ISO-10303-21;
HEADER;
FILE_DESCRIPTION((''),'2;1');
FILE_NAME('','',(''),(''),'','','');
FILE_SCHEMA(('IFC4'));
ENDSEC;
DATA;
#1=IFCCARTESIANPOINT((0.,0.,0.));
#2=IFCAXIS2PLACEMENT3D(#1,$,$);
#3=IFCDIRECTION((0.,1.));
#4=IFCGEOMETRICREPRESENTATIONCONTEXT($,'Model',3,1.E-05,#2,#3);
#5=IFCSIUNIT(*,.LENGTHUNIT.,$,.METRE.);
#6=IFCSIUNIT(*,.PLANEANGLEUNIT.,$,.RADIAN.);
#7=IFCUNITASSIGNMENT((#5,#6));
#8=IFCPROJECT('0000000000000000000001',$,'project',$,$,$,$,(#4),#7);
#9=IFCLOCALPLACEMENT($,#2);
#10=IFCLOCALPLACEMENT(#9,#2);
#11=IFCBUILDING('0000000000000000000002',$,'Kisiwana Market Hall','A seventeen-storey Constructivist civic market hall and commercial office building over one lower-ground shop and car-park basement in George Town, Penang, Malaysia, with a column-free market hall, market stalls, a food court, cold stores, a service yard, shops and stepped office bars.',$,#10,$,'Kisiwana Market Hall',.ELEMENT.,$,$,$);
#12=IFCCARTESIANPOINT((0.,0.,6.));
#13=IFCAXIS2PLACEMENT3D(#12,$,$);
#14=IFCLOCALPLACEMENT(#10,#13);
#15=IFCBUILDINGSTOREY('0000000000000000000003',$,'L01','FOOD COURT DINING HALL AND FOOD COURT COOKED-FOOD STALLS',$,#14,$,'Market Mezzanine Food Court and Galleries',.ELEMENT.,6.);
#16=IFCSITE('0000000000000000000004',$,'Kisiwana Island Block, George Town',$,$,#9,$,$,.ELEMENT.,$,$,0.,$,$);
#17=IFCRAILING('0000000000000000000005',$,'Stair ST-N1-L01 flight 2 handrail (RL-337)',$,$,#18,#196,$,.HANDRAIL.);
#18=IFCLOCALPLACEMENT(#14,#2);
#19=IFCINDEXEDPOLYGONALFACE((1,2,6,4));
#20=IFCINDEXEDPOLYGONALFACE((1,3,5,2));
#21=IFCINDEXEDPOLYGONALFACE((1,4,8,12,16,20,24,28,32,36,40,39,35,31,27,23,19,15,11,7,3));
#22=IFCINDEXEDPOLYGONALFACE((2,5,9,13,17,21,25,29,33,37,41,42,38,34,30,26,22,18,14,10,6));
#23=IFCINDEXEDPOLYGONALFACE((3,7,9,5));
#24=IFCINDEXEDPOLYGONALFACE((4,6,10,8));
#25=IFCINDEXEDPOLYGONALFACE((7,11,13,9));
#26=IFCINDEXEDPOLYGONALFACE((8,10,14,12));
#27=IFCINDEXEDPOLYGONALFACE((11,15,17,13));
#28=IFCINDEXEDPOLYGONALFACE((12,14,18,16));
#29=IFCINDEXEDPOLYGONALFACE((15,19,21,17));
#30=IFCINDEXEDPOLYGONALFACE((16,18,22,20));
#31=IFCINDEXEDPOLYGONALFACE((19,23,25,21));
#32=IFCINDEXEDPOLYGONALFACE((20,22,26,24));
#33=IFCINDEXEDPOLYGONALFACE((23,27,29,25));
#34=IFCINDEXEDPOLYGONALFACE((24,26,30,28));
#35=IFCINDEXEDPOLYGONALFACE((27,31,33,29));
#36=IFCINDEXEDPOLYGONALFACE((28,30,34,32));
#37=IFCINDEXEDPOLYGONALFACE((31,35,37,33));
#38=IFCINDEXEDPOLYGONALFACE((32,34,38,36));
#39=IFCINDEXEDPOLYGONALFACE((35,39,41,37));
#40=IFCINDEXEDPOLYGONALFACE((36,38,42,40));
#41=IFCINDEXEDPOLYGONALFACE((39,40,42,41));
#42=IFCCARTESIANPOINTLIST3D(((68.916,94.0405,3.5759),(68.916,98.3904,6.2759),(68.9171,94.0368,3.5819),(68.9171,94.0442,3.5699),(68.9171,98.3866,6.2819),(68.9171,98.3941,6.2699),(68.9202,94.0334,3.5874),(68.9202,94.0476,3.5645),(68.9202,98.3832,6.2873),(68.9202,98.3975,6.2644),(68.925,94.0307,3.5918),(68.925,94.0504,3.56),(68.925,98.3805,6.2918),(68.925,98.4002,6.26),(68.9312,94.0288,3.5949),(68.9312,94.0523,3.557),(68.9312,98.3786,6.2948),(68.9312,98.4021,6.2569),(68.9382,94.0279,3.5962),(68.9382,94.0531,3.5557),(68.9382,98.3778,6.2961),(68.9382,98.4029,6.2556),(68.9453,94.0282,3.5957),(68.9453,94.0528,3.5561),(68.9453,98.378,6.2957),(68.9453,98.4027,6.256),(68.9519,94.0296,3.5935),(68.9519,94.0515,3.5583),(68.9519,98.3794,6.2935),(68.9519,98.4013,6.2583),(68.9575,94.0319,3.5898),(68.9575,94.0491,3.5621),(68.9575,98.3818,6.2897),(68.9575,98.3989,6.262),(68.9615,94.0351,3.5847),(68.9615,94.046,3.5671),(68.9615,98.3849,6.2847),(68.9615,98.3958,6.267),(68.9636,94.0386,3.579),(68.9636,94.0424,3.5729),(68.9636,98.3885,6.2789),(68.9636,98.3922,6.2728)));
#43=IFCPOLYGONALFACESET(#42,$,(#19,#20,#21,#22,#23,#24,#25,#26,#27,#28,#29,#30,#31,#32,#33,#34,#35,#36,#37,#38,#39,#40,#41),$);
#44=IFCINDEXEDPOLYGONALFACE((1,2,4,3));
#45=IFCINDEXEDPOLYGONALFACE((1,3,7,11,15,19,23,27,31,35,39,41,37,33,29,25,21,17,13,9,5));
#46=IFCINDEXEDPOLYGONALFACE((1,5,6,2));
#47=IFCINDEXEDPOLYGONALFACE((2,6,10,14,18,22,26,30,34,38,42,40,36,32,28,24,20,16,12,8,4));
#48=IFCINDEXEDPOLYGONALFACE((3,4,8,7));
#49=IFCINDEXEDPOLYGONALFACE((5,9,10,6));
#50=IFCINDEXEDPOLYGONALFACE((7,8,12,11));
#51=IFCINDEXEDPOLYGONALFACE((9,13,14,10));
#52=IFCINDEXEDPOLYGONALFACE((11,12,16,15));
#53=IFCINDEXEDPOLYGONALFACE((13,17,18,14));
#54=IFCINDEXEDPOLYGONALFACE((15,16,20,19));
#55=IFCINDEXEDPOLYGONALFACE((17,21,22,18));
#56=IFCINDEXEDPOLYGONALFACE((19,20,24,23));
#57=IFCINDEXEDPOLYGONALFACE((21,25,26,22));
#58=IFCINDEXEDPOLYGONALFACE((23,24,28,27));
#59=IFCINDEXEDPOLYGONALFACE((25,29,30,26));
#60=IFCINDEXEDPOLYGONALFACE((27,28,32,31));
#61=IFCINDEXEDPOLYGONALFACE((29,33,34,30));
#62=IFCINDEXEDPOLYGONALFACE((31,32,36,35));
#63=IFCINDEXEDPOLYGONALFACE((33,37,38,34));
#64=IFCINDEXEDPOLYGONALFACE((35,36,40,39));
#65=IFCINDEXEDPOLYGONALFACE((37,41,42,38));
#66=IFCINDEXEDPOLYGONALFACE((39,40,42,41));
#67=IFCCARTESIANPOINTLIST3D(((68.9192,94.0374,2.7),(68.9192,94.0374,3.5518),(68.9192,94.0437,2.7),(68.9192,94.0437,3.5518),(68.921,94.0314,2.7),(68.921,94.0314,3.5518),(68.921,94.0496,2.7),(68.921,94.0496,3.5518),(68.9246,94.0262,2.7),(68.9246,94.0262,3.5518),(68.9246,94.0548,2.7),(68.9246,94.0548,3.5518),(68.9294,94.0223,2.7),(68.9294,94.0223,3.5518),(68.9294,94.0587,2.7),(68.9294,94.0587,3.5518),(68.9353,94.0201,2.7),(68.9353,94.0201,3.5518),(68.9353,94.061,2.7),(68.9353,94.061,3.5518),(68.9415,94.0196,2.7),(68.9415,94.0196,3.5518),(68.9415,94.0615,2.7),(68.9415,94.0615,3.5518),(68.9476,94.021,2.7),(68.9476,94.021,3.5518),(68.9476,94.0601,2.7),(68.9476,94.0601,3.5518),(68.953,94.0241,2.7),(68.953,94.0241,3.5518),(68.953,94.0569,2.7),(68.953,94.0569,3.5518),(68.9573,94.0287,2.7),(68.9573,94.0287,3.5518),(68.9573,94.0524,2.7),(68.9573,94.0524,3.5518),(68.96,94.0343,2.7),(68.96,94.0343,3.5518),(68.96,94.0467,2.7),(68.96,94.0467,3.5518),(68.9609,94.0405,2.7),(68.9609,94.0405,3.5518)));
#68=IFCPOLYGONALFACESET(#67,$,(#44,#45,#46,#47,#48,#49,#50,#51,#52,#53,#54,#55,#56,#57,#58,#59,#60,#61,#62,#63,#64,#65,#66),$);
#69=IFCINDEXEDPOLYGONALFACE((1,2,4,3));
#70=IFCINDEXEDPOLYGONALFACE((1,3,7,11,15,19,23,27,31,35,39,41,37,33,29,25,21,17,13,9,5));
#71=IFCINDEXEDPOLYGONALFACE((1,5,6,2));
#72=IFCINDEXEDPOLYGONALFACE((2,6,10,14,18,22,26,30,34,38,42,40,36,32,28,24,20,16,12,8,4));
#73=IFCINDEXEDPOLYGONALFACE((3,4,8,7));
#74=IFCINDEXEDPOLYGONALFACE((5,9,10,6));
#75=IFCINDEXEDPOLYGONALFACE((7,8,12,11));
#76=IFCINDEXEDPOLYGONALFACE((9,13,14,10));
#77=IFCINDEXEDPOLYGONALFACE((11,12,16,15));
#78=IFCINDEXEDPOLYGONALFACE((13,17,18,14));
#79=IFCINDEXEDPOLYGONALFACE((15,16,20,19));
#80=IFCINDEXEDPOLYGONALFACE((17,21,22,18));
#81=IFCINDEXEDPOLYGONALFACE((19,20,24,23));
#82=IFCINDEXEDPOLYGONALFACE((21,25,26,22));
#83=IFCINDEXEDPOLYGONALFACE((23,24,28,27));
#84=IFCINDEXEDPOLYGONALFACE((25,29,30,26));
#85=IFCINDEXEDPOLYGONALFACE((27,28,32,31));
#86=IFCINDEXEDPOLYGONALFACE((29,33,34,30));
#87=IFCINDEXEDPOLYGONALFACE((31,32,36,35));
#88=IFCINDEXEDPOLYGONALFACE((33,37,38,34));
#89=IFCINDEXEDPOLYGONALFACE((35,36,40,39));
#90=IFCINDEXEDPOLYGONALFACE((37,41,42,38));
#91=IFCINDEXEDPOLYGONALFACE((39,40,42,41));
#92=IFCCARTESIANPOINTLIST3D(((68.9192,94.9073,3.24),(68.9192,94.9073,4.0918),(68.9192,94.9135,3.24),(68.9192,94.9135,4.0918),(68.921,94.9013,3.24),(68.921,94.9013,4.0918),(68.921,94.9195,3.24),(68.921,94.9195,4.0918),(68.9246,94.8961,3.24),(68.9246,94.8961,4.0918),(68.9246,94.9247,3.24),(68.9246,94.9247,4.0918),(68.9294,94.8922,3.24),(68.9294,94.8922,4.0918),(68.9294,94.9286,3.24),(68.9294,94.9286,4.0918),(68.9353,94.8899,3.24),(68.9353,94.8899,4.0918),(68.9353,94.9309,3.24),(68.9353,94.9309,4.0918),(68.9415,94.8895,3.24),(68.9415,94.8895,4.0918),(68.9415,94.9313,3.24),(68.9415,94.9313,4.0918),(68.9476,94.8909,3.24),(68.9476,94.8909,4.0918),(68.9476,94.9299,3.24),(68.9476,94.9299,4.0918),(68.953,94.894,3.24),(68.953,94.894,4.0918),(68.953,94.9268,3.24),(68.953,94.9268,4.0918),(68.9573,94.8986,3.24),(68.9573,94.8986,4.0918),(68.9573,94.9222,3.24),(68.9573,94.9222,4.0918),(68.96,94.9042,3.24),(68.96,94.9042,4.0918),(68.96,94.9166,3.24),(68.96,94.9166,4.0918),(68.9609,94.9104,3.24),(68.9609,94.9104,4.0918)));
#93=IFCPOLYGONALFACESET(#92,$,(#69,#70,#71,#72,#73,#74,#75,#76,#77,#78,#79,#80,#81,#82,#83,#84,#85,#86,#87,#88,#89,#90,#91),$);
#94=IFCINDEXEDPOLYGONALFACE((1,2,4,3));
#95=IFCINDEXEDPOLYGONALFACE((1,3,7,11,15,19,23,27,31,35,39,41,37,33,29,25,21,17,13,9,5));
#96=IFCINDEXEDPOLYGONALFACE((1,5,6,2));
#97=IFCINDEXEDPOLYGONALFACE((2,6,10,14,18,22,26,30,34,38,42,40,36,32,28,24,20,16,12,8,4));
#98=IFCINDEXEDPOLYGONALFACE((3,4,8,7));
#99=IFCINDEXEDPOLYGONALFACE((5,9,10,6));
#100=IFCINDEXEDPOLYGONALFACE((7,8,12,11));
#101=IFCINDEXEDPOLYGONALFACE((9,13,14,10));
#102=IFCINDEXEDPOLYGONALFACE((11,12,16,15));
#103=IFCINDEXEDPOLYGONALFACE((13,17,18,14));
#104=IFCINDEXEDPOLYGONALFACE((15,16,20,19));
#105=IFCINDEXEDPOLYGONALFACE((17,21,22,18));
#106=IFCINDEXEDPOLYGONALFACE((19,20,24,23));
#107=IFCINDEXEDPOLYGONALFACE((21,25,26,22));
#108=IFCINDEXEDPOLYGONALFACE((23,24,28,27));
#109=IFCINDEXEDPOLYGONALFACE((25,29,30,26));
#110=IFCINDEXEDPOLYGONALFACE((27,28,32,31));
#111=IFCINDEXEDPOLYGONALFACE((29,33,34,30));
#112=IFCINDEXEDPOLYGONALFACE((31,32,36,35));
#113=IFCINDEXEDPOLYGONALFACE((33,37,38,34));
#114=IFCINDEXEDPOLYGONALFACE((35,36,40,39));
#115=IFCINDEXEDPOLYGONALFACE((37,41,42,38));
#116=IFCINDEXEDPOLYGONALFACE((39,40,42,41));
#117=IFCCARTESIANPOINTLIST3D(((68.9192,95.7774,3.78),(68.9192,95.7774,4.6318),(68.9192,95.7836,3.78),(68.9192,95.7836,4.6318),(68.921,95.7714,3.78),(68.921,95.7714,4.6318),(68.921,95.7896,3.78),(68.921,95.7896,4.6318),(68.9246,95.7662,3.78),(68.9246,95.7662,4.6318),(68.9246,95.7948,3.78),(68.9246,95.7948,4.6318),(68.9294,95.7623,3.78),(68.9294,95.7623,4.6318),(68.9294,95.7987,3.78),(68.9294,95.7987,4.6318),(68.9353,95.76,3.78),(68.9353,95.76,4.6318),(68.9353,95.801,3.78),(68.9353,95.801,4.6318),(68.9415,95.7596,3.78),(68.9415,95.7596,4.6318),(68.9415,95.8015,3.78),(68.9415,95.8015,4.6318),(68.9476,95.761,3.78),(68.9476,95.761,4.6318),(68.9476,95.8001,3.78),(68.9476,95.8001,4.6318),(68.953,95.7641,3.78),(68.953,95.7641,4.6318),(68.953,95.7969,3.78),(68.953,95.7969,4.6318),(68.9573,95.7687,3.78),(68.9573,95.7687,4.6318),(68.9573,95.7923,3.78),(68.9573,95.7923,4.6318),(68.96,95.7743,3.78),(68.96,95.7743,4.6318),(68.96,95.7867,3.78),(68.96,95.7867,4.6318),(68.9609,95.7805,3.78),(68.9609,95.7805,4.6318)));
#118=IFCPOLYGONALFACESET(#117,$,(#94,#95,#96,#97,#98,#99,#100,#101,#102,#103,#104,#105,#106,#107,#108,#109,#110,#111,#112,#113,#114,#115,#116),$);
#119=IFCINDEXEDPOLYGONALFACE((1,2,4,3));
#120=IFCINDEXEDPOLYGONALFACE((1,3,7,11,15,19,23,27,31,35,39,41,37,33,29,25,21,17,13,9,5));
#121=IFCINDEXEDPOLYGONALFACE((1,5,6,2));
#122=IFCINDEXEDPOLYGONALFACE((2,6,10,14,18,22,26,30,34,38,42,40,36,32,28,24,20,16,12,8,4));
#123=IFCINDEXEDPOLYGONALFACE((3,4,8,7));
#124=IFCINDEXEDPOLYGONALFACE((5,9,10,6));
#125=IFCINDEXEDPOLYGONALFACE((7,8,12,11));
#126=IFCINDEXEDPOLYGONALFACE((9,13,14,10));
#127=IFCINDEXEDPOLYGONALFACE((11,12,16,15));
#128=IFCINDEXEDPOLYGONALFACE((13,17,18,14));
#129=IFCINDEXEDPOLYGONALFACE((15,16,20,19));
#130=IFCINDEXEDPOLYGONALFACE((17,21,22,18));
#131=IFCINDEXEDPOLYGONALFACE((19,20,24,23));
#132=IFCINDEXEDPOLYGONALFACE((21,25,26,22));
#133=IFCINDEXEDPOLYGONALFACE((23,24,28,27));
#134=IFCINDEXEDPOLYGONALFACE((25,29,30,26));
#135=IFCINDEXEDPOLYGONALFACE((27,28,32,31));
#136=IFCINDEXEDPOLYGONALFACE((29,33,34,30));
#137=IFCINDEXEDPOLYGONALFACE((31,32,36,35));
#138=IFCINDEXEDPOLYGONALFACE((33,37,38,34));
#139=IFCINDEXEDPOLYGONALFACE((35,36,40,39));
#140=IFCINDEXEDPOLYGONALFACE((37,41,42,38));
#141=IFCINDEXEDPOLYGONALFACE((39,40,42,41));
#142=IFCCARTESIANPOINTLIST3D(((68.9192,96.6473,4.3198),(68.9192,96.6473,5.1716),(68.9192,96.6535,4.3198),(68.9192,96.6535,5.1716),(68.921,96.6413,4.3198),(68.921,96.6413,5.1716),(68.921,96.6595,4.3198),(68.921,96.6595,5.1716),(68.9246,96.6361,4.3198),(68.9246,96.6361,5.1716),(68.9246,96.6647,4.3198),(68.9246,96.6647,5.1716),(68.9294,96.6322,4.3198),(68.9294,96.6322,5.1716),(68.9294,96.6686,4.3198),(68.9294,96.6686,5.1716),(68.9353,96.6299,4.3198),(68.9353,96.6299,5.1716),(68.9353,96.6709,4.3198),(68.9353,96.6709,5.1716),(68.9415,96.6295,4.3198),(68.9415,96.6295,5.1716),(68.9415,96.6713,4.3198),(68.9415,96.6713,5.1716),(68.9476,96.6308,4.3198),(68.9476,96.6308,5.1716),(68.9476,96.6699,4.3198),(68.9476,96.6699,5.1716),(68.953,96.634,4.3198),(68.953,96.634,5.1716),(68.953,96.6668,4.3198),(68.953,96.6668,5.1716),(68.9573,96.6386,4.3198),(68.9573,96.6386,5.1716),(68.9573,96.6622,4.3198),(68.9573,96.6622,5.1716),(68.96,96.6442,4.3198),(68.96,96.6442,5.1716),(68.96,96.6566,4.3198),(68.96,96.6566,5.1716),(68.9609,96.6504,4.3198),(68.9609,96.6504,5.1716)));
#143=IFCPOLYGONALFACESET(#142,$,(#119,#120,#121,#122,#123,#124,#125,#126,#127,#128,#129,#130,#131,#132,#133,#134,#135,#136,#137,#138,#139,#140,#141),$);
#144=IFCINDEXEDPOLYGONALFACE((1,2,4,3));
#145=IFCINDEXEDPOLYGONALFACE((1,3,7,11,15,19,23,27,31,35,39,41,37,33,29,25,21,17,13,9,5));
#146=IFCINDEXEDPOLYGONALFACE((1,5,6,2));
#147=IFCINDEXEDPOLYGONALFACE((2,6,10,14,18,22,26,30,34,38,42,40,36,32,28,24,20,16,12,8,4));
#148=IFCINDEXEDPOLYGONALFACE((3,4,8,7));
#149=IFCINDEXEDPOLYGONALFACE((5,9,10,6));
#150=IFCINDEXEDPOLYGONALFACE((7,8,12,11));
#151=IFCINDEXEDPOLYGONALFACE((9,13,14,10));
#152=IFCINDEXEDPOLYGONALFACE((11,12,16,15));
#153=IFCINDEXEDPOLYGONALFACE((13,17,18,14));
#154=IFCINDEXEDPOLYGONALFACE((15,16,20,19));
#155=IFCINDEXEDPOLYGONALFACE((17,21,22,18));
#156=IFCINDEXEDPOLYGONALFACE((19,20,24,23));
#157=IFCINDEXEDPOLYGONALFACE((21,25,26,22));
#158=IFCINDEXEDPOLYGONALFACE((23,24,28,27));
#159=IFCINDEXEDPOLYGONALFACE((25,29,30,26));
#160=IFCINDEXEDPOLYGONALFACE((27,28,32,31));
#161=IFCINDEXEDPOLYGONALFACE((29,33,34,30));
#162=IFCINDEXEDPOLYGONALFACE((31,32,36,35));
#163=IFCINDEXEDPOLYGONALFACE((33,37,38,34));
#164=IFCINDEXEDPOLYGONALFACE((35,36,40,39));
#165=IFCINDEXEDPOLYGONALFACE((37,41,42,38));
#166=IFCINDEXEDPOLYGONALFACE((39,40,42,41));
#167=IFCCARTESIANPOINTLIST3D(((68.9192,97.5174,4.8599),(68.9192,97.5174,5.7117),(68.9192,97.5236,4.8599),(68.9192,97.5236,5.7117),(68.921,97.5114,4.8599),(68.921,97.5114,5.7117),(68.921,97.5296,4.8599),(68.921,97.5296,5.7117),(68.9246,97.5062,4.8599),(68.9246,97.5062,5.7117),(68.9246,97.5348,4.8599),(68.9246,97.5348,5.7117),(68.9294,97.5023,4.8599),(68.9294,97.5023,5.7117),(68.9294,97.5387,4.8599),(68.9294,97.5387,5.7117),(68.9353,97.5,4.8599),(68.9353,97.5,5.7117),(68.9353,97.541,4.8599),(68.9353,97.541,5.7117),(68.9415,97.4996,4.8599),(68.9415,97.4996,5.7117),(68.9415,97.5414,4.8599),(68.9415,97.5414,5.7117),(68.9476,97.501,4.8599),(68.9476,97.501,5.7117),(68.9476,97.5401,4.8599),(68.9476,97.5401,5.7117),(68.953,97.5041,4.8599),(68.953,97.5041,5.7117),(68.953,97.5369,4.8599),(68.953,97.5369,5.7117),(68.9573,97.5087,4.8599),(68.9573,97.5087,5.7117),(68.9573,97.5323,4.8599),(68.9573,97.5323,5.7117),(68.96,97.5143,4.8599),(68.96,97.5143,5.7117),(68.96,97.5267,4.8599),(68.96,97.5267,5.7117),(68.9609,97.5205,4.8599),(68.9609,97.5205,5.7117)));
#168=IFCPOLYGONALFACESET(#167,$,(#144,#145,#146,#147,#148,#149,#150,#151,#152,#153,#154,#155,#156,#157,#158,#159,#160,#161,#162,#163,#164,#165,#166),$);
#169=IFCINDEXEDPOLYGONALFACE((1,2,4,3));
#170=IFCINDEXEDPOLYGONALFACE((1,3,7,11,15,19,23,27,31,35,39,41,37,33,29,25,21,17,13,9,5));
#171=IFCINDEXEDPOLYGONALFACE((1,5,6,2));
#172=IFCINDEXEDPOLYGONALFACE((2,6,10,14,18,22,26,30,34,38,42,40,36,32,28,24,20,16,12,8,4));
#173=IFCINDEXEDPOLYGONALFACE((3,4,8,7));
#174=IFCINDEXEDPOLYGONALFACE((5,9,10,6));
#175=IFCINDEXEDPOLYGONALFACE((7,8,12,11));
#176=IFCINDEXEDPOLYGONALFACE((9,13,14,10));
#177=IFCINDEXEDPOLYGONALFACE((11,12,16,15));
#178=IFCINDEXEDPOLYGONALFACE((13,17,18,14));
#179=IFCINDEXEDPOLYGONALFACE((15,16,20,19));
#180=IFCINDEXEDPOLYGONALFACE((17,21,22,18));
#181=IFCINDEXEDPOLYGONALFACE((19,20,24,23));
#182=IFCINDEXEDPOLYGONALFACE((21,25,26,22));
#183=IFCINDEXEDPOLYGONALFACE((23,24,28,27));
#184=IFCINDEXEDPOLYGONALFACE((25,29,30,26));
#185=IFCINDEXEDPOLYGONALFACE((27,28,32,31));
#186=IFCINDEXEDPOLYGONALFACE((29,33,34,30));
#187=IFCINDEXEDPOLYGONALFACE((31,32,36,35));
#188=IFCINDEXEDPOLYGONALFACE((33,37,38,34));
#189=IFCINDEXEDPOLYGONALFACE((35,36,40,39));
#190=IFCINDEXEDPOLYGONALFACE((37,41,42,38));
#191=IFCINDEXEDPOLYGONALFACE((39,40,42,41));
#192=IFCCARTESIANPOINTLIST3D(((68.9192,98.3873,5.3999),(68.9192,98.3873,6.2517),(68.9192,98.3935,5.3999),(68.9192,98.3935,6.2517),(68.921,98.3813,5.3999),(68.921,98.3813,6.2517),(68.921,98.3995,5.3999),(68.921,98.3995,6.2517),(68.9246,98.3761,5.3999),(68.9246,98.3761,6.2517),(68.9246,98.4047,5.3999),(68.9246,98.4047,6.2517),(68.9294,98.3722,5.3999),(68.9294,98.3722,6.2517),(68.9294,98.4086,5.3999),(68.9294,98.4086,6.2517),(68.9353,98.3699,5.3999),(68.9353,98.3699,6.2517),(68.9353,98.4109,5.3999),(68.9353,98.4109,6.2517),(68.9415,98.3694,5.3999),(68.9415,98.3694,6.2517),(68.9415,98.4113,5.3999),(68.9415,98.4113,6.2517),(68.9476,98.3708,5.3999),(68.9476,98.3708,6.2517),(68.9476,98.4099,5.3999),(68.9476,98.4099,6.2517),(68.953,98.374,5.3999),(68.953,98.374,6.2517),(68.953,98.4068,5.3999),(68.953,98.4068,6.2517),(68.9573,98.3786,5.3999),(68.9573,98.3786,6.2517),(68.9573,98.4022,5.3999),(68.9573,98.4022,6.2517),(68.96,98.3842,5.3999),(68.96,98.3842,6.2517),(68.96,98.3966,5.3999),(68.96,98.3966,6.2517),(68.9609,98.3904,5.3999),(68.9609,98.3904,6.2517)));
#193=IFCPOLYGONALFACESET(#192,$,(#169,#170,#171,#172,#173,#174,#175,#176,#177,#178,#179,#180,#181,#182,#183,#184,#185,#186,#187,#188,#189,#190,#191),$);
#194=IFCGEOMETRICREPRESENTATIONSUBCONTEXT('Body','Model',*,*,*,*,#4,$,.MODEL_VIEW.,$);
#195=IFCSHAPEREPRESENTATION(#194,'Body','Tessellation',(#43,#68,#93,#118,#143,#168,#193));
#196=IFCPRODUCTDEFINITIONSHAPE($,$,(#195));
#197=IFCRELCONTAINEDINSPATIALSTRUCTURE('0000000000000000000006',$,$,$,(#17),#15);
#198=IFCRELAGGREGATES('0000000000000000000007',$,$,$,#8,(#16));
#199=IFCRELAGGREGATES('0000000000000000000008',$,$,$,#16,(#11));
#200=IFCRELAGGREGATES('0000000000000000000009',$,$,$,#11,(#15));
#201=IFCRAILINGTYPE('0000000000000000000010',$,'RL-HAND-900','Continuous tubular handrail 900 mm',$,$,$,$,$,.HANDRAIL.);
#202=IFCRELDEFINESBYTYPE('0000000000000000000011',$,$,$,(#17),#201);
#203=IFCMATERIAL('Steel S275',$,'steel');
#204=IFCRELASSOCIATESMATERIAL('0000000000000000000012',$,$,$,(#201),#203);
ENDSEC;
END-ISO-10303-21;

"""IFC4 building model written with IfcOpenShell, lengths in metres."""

from ifc_helpers import new_model, si_unit, direction, frame, origin, origin_2d, place, context, subcontext, project, spatial, circle, extrude, material, type_object, element, save


model = new_model("IFC4")

# Units and contexts
model_context = context("Model", 3, precision=1e-05, world=origin(), true_north=direction((0.0, 1.0)))
body_context = subcontext(model_context, "Body", "Model", "MODEL_VIEW")
ifc_project = project(units=[si_unit("LENGTHUNIT", "METRE"), si_unit("PLANEANGLEUNIT", "RADIAN")], contexts=[model_context])

# Site, building, storey
site_placement = place(None, origin())
site = spatial("IfcSite", under=ifc_project, at=site_placement, Name="Kisiwana Island Block, George Town", CompositionType="ELEMENT", RefElevation=0.0)
building_placement = place(site_placement, origin())
building = spatial("IfcBuilding", under=site, at=building_placement, Name="Kisiwana Market Hall", Description="A seventeen-storey Constructivist civic market hall and commercial office building over one lower-ground shop and car-park basement in George Town, Penang, Malaysia, with a column-free market hall, market stalls, a food court, cold stores, a service yard, shops and stepped office bars.", LongName="Kisiwana Market Hall", CompositionType="ELEMENT")
storey_placement = place(building_placement, frame((0.0, 0.0, 6.0)))
storey = spatial("IfcBuildingStorey", under=building, at=storey_placement, Name="L01", Description="FOOD COURT DINING HALL AND FOOD COURT COOKED-FOOD STALLS", LongName="Market Mezzanine Food Court and Galleries", CompositionType="ELEMENT", Elevation=6.0)

# Railing
ifc_material_1 = material(Name="Steel S275", Category="steel")
railing_type_1 = type_object("IfcRailingType", Name="RL-HAND-900", Description="Continuous tubular handrail 900 mm", PredefinedType="HANDRAIL", material=ifc_material_1)
railing_1_placement = place(storey_placement, frame((68.9399, 94.0405, 2.7)))
element("IfcRailing", 1, at=railing_1_placement, inside=storey, type_object=railing_type_1, Name="Stair ST-N1-L01 flight 2 handrail (RL-337)", PredefinedType="HANDRAIL", context=body_context, shape_type="SweptSolid", body=[
    extrude(circle(Radius=0.0239, at=origin_2d()), frame((0.0, 0.0, 0.876), z_axis=(0.0, 0.849636, 0.527369), x_axis=(-1.0, 0.0, 0.0)), (0.0, 0.0, 1.0), 5.1196),
    extrude(circle(Radius=0.021, at=origin_2d()), origin(), (0.0, 0.0, 1.0), 0.8518),
    extrude(circle(Radius=0.021, at=origin_2d()), frame((0.0, 0.8699, 0.54)), (0.0, 0.0, 1.0), 0.8518),
    extrude(circle(Radius=0.021, at=origin_2d()), frame((0.0, 1.74, 1.0801)), (0.0, 0.0, 1.0), 0.8518),
    extrude(circle(Radius=0.021, at=origin_2d()), frame((0.0, 2.6099, 1.6199)), (0.0, 0.0, 1.0), 0.8518),
    extrude(circle(Radius=0.021, at=origin_2d()), frame((0.0, 3.48, 2.1599)), (0.0, 0.0, 1.0), 0.8518),
    extrude(circle(Radius=0.021, at=origin_2d()), frame((0.0, 4.3499, 2.7)), (0.0, 0.0, 1.0), 0.8518),
])

save(model, "model.ifc")
